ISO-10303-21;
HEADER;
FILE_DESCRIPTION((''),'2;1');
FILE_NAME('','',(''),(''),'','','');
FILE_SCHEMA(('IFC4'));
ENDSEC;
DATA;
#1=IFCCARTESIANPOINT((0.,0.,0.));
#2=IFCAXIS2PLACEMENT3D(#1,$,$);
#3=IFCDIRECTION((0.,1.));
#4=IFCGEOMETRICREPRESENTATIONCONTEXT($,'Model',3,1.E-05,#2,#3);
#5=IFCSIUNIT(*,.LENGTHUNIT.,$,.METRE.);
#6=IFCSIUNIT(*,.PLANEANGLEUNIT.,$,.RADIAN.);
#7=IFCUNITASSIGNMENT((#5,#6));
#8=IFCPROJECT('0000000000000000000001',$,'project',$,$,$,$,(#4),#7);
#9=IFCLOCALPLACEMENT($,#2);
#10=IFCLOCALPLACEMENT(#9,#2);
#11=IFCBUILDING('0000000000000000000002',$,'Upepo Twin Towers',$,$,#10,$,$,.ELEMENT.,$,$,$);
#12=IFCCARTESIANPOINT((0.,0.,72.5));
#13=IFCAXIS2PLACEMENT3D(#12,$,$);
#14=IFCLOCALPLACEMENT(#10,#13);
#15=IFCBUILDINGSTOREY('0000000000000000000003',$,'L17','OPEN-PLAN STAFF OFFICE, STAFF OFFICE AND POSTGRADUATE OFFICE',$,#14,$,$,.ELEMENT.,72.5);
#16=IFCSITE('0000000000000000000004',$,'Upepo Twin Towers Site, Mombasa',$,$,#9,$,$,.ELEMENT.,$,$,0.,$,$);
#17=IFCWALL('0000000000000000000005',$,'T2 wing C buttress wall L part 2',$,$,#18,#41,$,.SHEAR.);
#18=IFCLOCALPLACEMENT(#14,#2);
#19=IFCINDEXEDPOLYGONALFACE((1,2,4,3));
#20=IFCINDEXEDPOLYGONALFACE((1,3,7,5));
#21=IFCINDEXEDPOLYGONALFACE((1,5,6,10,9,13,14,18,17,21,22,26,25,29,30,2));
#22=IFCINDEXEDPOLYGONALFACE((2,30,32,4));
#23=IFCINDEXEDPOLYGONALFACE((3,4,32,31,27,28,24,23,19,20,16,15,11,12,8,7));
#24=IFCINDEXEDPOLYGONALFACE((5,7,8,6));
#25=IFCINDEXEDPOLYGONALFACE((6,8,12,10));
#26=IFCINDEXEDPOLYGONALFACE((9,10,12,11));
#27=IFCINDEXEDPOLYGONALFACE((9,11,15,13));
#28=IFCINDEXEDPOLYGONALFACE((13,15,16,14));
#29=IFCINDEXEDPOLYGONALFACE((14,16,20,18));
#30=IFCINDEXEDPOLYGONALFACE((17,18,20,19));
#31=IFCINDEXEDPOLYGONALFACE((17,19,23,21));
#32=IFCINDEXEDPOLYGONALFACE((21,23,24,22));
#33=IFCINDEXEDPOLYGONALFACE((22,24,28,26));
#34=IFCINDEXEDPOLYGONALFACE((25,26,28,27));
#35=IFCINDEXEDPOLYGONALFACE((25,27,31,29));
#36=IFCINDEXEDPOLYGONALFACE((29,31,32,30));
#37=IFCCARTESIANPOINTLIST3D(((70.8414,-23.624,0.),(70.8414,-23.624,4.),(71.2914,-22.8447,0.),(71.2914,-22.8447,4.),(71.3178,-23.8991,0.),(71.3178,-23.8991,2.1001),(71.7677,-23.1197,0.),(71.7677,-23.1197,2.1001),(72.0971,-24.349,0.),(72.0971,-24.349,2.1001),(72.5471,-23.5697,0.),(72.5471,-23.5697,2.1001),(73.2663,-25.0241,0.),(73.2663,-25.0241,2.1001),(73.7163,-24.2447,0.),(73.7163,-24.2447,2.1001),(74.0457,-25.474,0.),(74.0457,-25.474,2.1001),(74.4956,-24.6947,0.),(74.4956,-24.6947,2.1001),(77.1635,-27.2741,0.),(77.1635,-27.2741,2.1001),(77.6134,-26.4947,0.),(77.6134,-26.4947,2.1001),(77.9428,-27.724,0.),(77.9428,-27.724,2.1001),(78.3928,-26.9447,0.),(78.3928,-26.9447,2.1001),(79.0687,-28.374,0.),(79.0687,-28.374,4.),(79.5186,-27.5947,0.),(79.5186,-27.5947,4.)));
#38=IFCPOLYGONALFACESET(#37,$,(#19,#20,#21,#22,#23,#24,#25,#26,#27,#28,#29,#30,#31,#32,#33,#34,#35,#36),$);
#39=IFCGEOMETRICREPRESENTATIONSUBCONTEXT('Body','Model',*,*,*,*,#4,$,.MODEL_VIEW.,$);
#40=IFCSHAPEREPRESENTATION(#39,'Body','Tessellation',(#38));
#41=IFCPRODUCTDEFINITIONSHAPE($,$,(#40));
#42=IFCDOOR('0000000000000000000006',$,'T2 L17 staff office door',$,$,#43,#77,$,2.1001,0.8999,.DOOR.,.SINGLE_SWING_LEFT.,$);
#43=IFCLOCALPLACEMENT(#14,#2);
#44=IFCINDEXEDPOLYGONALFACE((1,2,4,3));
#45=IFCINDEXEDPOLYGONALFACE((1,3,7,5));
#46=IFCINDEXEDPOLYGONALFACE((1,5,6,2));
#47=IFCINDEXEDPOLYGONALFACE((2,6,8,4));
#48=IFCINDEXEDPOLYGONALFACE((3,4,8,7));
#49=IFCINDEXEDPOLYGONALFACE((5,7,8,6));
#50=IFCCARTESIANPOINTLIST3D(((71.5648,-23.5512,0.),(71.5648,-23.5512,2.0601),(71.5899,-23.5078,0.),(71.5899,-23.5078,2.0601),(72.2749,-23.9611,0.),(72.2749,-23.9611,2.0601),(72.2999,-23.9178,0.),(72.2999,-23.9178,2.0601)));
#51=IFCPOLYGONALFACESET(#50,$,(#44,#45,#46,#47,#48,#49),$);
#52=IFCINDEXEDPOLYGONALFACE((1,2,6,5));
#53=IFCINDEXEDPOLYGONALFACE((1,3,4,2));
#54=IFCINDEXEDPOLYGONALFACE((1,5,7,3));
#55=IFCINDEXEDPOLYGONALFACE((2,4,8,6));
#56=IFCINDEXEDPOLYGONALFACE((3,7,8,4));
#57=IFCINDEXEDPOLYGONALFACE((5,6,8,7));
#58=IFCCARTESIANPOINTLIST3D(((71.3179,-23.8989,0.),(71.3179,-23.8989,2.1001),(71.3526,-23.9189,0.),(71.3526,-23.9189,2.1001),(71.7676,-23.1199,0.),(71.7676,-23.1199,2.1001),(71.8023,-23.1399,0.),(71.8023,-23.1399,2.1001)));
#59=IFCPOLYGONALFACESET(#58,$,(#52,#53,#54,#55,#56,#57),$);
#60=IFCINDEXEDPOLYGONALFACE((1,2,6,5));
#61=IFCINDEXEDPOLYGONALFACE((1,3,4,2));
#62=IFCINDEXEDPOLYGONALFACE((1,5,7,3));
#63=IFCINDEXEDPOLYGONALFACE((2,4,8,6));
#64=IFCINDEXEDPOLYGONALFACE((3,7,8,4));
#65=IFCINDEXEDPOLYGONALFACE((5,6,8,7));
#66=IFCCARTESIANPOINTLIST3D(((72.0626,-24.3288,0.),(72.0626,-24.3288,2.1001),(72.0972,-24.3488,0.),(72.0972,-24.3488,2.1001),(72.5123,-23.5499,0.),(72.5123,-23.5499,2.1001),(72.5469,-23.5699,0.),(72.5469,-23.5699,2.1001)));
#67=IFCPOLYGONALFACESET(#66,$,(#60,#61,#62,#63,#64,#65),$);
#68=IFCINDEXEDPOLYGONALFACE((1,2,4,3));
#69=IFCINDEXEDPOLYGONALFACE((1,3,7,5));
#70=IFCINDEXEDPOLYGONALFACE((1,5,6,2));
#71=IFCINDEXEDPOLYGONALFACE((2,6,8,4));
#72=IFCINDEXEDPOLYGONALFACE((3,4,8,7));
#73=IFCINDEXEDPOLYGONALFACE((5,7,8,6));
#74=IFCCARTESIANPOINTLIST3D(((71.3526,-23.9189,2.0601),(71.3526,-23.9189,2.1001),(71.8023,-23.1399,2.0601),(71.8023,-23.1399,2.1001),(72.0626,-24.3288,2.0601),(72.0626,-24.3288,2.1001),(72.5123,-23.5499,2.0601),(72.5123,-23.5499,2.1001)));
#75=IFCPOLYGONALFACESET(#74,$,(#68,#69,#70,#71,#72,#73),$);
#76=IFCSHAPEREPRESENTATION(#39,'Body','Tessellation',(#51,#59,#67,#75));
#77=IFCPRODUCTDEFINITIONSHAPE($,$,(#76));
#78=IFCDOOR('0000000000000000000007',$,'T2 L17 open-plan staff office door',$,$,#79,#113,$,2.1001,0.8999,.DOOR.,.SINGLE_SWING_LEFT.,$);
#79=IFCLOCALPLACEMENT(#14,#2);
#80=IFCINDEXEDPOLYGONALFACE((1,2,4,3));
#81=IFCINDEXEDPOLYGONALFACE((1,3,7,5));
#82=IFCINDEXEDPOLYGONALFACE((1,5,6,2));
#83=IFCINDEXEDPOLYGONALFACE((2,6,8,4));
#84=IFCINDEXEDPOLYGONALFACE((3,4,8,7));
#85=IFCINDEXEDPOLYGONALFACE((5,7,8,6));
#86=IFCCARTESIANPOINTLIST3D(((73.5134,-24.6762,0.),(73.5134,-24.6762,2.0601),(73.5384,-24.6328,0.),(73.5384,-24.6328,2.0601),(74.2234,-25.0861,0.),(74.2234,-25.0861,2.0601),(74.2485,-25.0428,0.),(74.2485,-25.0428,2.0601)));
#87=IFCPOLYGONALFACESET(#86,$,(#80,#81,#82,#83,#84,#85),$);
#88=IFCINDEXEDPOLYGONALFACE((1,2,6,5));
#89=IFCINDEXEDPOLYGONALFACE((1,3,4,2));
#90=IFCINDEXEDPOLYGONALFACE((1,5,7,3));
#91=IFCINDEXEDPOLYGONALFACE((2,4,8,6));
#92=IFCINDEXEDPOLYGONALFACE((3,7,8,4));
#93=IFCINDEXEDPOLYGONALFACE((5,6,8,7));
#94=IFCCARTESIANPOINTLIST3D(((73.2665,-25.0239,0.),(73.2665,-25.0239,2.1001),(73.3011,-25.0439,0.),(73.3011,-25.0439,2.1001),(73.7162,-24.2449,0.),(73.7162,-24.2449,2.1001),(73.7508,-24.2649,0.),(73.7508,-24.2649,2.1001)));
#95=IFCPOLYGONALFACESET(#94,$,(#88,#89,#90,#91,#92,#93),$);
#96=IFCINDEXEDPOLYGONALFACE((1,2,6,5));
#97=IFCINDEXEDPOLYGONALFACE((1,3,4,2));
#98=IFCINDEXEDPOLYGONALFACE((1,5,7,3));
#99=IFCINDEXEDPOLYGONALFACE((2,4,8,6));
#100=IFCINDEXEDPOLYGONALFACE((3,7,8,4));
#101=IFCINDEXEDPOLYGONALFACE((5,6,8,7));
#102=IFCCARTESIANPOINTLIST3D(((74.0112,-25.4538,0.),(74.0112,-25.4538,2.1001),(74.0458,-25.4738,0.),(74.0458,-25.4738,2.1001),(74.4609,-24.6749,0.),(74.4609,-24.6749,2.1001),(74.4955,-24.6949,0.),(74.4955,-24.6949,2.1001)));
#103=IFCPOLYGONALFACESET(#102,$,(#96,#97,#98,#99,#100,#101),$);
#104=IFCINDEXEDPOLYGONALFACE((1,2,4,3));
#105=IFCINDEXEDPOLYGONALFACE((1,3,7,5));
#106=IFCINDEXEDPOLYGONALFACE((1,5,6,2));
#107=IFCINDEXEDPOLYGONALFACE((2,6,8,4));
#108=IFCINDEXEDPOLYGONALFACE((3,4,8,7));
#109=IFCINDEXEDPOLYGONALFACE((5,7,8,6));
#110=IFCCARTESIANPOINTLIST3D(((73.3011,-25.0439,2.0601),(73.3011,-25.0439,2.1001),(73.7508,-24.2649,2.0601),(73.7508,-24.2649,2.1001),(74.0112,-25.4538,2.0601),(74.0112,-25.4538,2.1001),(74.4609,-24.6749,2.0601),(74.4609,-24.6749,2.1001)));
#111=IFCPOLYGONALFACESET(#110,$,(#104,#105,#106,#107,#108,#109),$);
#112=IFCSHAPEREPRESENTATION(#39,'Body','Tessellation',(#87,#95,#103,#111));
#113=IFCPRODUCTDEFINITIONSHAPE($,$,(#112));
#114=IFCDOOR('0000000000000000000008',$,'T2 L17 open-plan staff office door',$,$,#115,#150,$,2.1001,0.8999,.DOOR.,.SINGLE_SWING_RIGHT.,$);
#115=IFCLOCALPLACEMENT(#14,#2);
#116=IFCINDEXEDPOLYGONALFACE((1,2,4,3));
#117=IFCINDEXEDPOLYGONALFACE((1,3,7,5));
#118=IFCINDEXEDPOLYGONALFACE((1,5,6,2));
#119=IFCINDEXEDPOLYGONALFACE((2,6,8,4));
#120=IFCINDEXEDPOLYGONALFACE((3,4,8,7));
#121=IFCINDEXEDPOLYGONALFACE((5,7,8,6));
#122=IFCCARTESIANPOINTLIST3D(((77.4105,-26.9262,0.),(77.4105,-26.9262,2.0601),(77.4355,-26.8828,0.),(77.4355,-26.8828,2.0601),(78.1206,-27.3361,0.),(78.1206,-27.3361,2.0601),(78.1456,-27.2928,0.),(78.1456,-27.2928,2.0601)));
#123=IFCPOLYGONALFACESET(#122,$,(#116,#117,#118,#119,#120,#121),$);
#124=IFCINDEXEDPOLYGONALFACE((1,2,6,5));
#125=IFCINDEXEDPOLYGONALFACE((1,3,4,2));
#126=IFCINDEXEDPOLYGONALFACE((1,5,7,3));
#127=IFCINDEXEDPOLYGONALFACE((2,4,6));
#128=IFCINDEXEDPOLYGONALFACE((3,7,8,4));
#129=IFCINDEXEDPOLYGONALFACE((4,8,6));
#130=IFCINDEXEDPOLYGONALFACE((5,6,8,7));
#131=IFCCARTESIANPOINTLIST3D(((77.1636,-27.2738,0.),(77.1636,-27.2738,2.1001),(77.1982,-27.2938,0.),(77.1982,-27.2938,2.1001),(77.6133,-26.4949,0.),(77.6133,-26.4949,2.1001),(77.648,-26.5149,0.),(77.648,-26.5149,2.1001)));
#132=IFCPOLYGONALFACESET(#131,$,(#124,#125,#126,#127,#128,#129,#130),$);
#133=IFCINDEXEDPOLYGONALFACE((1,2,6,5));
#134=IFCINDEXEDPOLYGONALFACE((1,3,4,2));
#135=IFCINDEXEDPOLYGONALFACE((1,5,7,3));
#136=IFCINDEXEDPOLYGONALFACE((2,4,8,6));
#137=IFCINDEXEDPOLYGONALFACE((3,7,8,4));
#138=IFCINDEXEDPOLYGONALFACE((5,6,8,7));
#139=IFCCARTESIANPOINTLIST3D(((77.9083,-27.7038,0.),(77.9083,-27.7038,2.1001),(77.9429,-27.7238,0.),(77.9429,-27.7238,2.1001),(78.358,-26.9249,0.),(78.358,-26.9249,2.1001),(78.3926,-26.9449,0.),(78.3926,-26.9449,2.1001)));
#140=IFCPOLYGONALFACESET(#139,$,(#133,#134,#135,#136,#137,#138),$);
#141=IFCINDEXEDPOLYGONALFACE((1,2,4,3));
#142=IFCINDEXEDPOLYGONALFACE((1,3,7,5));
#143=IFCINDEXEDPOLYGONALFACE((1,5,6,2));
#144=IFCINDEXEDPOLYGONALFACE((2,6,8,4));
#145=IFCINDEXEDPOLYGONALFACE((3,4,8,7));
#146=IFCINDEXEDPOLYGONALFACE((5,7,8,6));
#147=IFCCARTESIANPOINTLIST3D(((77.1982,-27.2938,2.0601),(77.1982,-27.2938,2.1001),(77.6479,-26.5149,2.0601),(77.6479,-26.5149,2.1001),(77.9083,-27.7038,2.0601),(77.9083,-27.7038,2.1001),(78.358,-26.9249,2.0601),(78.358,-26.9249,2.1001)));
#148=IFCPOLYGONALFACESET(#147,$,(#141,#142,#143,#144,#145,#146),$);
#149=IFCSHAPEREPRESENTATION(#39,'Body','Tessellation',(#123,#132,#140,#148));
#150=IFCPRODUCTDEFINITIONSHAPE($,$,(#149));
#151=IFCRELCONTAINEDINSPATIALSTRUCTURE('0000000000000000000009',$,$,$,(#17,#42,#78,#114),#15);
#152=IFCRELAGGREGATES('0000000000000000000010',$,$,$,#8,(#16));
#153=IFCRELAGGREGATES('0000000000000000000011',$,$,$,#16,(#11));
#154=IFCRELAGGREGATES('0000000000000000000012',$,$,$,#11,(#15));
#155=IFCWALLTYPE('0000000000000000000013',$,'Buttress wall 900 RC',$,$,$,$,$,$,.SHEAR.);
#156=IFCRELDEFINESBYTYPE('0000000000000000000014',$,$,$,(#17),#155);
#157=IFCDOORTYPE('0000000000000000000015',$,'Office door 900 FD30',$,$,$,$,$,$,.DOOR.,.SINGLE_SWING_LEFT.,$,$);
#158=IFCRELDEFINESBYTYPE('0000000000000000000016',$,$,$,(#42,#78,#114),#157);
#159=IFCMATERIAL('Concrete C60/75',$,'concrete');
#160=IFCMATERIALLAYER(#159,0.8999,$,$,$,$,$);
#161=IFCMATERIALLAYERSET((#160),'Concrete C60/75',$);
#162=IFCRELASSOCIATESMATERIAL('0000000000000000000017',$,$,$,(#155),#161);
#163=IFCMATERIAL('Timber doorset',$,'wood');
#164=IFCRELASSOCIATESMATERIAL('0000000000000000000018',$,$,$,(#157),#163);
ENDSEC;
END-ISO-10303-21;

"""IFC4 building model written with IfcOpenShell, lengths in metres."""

from ifc_helpers import new_model, si_unit, direction, frame, frame_2d, origin, place, context, subcontext, project, spatial, rectangle, extrude, material, layer, layer_set, type_object, element, fill, save


model = new_model("IFC4")

# Units and contexts
model_context = context("Model", 3, precision=1e-05, world=origin(), true_north=direction((0.0, 1.0)))
body_context = subcontext(model_context, "Body", "Model", "MODEL_VIEW")
ifc_project = project(units=[si_unit("LENGTHUNIT", "METRE"), si_unit("PLANEANGLEUNIT", "RADIAN")], contexts=[model_context])

# Site, building, storey
site_placement = place(None, origin())
site = spatial("IfcSite", under=ifc_project, at=site_placement, Name="Upepo Twin Towers Site, Mombasa", CompositionType="ELEMENT", RefElevation=0.0)
building_placement = place(site_placement, origin())
building = spatial("IfcBuilding", under=site, at=building_placement, Name="Upepo Twin Towers", CompositionType="ELEMENT")
storey_placement = place(building_placement, frame((0.0, 0.0, 72.5)))
storey = spatial("IfcBuildingStorey", under=building, at=storey_placement, Name="L17", Description="OPEN-PLAN STAFF OFFICE, STAFF OFFICE AND POSTGRADUATE OFFICE", CompositionType="ELEMENT", Elevation=72.5)

# Wall, openings, doors
ifc_material_1 = material(Name="Concrete C60/75", Category="concrete")
ifc_layer_1 = layer(ifc_material_1, 0.8999)
ifc_layer_set_1 = layer_set([ifc_layer_1], Name="Concrete C60/75")
wall_type_1 = type_object("IfcWallType", Name="Buttress wall 900 RC", PredefinedType="SHEAR", material=ifc_layer_set_1)
wall_1_placement = place(storey_placement, frame((71.0664, -23.2344, 0.0), z_axis=(0.0, 0.0, 1.0), x_axis=(0.866027, -0.499998, 0.0)))
wall_1 = element("IfcWall", 1, at=wall_1_placement, inside=storey, type_object=wall_type_1, Name="T2 wing C buttress wall L part 2", PredefinedType="SHEAR", context=body_context, shape_type="SweptSolid", body=[
    extrude(rectangle(XDim=9.5, YDim=0.8999, at=frame_2d((4.75, 0.0))), origin(), (0.0, 0.0, 1.0), 4.0),
])
opening_1_placement = place(wall_1_placement, frame((0.55, 0.0, 0.0)))
opening_1 = element("IfcOpeningElement", 2, at=opening_1_placement, cuts=wall_1, PredefinedType="OPENING", context=body_context, shape_type="SweptSolid", body=[
    extrude(rectangle(XDim=0.8999, YDim=2.1001, at=frame_2d((0.45, 1.05))), frame((0.0, 0.46, 0.0), z_axis=(0.0, -1.0, 0.0), x_axis=(1.0, 0.0, 0.0)), (0.0, 0.0, 1.0), 0.9199),
])
opening_2_placement = place(wall_1_placement, frame((2.8, 0.0, 0.0)))
opening_2 = element("IfcOpeningElement", 3, at=opening_2_placement, cuts=wall_1, PredefinedType="OPENING", context=body_context, shape_type="SweptSolid", body=[
    extrude(rectangle(XDim=0.8999, YDim=2.1001, at=frame_2d((0.45, 1.05))), frame((0.0, 0.46, 0.0), z_axis=(0.0, -1.0, 0.0), x_axis=(1.0, 0.0, 0.0)), (0.0, 0.0, 1.0), 0.9199),
])
opening_3_placement = place(wall_1_placement, frame((7.3, 0.0, 0.0)))
opening_3 = element("IfcOpeningElement", 4, at=opening_3_placement, cuts=wall_1, PredefinedType="OPENING", context=body_context, shape_type="SweptSolid", body=[
    extrude(rectangle(XDim=0.8999, YDim=2.1001, at=frame_2d((0.45, 1.05))), frame((0.0, 0.46, 0.0), z_axis=(0.0, -1.0, 0.0), x_axis=(1.0, 0.0, 0.0)), (0.0, 0.0, 1.0), 0.9199),
])
ifc_material_2 = material(Name="Timber doorset", Category="wood")
door_type = type_object("IfcDoorType", Name="Office door 900 FD30", OperationType="SINGLE_SWING_LEFT", PredefinedType="DOOR", material=ifc_material_2)
door_1_placement = place(opening_1_placement, origin())
door_1 = element("IfcDoor", 5, at=door_1_placement, inside=storey, type_object=door_type, Name="T2 L17 staff office door", OperationType="SINGLE_SWING_LEFT", OverallHeight=2.1001, OverallWidth=0.8999, PredefinedType="DOOR", context=body_context, shape_type="SweptSolid", body=[
    extrude(rectangle(XDim=0.8199, YDim=2.0601, at=frame_2d((0.45, 1.03))), frame((0.0, 0.0249, 0.0), z_axis=(0.0, -1.0, 0.0), x_axis=(1.0, 0.0, 0.0)), (0.0, 0.0, 1.0), 0.05),
    extrude(rectangle(XDim=0.04, YDim=2.1001, at=frame_2d((0.02, 1.05))), frame((0.0, 0.4497, 0.0), z_axis=(0.0, -1.0, 0.0), x_axis=(1.0, 0.0, 0.0)), (0.0, 0.0, 1.0), 0.8994),
    extrude(rectangle(XDim=0.04, YDim=2.1001, at=frame_2d((0.8799, 1.05))), frame((0.0, 0.4497, 0.0), z_axis=(0.0, -1.0, 0.0), x_axis=(1.0, 0.0, 0.0)), (0.0, 0.0, 1.0), 0.8994),
    extrude(rectangle(XDim=0.8199, YDim=0.04, at=frame_2d((0.45, 2.0801))), frame((0.0, 0.4497, 0.0), z_axis=(0.0, -1.0, 0.0), x_axis=(1.0, 0.0, 0.0)), (0.0, 0.0, 1.0), 0.8994),
])
fill(opening_1, door_1)
door_2_placement = place(opening_2_placement, origin())
door_2 = element("IfcDoor", 6, at=door_2_placement, inside=storey, type_object=door_type, Name="T2 L17 open-plan staff office door", OperationType="SINGLE_SWING_LEFT", OverallHeight=2.1001, OverallWidth=0.8999, PredefinedType="DOOR", context=body_context, shape_type="SweptSolid", body=[
    extrude(rectangle(XDim=0.8199, YDim=2.0601, at=frame_2d((0.45, 1.03))), frame((0.0, 0.0249, 0.0), z_axis=(0.0, -1.0, 0.0), x_axis=(1.0, 0.0, 0.0)), (0.0, 0.0, 1.0), 0.05),
    extrude(rectangle(XDim=0.04, YDim=2.1001, at=frame_2d((0.02, 1.05))), frame((0.0, 0.4497, 0.0), z_axis=(0.0, -1.0, 0.0), x_axis=(1.0, 0.0, 0.0)), (0.0, 0.0, 1.0), 0.8994),
    extrude(rectangle(XDim=0.04, YDim=2.1001, at=frame_2d((0.8799, 1.05))), frame((0.0, 0.4497, 0.0), z_axis=(0.0, -1.0, 0.0), x_axis=(1.0, 0.0, 0.0)), (0.0, 0.0, 1.0), 0.8994),
    extrude(rectangle(XDim=0.8199, YDim=0.04, at=frame_2d((0.45, 2.0801))), frame((0.0, 0.4497, 0.0), z_axis=(0.0, -1.0, 0.0), x_axis=(1.0, 0.0, 0.0)), (0.0, 0.0, 1.0), 0.8994),
])
fill(opening_2, door_2)
door_3_placement = place(opening_3_placement, origin())
door_3 = element("IfcDoor", 7, at=door_3_placement, inside=storey, type_object=door_type, Name="T2 L17 open-plan staff office door", OperationType="SINGLE_SWING_RIGHT", OverallHeight=2.1001, OverallWidth=0.8999, PredefinedType="DOOR", context=body_context, shape_type="SweptSolid", body=[
    extrude(rectangle(XDim=0.8199, YDim=2.0601, at=frame_2d((0.45, 1.03))), frame((0.0, 0.0249, 0.0), z_axis=(0.0, -1.0, 0.0), x_axis=(1.0, 0.0, 0.0)), (0.0, 0.0, 1.0), 0.05),
    extrude(rectangle(XDim=0.04, YDim=2.1001, at=frame_2d((0.02, 1.05))), frame((0.0, 0.4497, 0.0), z_axis=(0.0, -1.0, 0.0), x_axis=(1.0, 0.0, 0.0)), (0.0, 0.0, 1.0), 0.8994),
    extrude(rectangle(XDim=0.04, YDim=2.1001, at=frame_2d((0.8799, 1.05))), frame((0.0, 0.4497, 0.0), z_axis=(0.0, -1.0, 0.0), x_axis=(1.0, 0.0, 0.0)), (0.0, 0.0, 1.0), 0.8994),
    extrude(rectangle(XDim=0.8199, YDim=0.04, at=frame_2d((0.45, 2.0801))), frame((0.0, 0.4497, 0.0), z_axis=(0.0, -1.0, 0.0), x_axis=(1.0, 0.0, 0.0)), (0.0, 0.0, 1.0), 0.8994),
])
fill(opening_3, door_3)

save(model, "model.ifc")
